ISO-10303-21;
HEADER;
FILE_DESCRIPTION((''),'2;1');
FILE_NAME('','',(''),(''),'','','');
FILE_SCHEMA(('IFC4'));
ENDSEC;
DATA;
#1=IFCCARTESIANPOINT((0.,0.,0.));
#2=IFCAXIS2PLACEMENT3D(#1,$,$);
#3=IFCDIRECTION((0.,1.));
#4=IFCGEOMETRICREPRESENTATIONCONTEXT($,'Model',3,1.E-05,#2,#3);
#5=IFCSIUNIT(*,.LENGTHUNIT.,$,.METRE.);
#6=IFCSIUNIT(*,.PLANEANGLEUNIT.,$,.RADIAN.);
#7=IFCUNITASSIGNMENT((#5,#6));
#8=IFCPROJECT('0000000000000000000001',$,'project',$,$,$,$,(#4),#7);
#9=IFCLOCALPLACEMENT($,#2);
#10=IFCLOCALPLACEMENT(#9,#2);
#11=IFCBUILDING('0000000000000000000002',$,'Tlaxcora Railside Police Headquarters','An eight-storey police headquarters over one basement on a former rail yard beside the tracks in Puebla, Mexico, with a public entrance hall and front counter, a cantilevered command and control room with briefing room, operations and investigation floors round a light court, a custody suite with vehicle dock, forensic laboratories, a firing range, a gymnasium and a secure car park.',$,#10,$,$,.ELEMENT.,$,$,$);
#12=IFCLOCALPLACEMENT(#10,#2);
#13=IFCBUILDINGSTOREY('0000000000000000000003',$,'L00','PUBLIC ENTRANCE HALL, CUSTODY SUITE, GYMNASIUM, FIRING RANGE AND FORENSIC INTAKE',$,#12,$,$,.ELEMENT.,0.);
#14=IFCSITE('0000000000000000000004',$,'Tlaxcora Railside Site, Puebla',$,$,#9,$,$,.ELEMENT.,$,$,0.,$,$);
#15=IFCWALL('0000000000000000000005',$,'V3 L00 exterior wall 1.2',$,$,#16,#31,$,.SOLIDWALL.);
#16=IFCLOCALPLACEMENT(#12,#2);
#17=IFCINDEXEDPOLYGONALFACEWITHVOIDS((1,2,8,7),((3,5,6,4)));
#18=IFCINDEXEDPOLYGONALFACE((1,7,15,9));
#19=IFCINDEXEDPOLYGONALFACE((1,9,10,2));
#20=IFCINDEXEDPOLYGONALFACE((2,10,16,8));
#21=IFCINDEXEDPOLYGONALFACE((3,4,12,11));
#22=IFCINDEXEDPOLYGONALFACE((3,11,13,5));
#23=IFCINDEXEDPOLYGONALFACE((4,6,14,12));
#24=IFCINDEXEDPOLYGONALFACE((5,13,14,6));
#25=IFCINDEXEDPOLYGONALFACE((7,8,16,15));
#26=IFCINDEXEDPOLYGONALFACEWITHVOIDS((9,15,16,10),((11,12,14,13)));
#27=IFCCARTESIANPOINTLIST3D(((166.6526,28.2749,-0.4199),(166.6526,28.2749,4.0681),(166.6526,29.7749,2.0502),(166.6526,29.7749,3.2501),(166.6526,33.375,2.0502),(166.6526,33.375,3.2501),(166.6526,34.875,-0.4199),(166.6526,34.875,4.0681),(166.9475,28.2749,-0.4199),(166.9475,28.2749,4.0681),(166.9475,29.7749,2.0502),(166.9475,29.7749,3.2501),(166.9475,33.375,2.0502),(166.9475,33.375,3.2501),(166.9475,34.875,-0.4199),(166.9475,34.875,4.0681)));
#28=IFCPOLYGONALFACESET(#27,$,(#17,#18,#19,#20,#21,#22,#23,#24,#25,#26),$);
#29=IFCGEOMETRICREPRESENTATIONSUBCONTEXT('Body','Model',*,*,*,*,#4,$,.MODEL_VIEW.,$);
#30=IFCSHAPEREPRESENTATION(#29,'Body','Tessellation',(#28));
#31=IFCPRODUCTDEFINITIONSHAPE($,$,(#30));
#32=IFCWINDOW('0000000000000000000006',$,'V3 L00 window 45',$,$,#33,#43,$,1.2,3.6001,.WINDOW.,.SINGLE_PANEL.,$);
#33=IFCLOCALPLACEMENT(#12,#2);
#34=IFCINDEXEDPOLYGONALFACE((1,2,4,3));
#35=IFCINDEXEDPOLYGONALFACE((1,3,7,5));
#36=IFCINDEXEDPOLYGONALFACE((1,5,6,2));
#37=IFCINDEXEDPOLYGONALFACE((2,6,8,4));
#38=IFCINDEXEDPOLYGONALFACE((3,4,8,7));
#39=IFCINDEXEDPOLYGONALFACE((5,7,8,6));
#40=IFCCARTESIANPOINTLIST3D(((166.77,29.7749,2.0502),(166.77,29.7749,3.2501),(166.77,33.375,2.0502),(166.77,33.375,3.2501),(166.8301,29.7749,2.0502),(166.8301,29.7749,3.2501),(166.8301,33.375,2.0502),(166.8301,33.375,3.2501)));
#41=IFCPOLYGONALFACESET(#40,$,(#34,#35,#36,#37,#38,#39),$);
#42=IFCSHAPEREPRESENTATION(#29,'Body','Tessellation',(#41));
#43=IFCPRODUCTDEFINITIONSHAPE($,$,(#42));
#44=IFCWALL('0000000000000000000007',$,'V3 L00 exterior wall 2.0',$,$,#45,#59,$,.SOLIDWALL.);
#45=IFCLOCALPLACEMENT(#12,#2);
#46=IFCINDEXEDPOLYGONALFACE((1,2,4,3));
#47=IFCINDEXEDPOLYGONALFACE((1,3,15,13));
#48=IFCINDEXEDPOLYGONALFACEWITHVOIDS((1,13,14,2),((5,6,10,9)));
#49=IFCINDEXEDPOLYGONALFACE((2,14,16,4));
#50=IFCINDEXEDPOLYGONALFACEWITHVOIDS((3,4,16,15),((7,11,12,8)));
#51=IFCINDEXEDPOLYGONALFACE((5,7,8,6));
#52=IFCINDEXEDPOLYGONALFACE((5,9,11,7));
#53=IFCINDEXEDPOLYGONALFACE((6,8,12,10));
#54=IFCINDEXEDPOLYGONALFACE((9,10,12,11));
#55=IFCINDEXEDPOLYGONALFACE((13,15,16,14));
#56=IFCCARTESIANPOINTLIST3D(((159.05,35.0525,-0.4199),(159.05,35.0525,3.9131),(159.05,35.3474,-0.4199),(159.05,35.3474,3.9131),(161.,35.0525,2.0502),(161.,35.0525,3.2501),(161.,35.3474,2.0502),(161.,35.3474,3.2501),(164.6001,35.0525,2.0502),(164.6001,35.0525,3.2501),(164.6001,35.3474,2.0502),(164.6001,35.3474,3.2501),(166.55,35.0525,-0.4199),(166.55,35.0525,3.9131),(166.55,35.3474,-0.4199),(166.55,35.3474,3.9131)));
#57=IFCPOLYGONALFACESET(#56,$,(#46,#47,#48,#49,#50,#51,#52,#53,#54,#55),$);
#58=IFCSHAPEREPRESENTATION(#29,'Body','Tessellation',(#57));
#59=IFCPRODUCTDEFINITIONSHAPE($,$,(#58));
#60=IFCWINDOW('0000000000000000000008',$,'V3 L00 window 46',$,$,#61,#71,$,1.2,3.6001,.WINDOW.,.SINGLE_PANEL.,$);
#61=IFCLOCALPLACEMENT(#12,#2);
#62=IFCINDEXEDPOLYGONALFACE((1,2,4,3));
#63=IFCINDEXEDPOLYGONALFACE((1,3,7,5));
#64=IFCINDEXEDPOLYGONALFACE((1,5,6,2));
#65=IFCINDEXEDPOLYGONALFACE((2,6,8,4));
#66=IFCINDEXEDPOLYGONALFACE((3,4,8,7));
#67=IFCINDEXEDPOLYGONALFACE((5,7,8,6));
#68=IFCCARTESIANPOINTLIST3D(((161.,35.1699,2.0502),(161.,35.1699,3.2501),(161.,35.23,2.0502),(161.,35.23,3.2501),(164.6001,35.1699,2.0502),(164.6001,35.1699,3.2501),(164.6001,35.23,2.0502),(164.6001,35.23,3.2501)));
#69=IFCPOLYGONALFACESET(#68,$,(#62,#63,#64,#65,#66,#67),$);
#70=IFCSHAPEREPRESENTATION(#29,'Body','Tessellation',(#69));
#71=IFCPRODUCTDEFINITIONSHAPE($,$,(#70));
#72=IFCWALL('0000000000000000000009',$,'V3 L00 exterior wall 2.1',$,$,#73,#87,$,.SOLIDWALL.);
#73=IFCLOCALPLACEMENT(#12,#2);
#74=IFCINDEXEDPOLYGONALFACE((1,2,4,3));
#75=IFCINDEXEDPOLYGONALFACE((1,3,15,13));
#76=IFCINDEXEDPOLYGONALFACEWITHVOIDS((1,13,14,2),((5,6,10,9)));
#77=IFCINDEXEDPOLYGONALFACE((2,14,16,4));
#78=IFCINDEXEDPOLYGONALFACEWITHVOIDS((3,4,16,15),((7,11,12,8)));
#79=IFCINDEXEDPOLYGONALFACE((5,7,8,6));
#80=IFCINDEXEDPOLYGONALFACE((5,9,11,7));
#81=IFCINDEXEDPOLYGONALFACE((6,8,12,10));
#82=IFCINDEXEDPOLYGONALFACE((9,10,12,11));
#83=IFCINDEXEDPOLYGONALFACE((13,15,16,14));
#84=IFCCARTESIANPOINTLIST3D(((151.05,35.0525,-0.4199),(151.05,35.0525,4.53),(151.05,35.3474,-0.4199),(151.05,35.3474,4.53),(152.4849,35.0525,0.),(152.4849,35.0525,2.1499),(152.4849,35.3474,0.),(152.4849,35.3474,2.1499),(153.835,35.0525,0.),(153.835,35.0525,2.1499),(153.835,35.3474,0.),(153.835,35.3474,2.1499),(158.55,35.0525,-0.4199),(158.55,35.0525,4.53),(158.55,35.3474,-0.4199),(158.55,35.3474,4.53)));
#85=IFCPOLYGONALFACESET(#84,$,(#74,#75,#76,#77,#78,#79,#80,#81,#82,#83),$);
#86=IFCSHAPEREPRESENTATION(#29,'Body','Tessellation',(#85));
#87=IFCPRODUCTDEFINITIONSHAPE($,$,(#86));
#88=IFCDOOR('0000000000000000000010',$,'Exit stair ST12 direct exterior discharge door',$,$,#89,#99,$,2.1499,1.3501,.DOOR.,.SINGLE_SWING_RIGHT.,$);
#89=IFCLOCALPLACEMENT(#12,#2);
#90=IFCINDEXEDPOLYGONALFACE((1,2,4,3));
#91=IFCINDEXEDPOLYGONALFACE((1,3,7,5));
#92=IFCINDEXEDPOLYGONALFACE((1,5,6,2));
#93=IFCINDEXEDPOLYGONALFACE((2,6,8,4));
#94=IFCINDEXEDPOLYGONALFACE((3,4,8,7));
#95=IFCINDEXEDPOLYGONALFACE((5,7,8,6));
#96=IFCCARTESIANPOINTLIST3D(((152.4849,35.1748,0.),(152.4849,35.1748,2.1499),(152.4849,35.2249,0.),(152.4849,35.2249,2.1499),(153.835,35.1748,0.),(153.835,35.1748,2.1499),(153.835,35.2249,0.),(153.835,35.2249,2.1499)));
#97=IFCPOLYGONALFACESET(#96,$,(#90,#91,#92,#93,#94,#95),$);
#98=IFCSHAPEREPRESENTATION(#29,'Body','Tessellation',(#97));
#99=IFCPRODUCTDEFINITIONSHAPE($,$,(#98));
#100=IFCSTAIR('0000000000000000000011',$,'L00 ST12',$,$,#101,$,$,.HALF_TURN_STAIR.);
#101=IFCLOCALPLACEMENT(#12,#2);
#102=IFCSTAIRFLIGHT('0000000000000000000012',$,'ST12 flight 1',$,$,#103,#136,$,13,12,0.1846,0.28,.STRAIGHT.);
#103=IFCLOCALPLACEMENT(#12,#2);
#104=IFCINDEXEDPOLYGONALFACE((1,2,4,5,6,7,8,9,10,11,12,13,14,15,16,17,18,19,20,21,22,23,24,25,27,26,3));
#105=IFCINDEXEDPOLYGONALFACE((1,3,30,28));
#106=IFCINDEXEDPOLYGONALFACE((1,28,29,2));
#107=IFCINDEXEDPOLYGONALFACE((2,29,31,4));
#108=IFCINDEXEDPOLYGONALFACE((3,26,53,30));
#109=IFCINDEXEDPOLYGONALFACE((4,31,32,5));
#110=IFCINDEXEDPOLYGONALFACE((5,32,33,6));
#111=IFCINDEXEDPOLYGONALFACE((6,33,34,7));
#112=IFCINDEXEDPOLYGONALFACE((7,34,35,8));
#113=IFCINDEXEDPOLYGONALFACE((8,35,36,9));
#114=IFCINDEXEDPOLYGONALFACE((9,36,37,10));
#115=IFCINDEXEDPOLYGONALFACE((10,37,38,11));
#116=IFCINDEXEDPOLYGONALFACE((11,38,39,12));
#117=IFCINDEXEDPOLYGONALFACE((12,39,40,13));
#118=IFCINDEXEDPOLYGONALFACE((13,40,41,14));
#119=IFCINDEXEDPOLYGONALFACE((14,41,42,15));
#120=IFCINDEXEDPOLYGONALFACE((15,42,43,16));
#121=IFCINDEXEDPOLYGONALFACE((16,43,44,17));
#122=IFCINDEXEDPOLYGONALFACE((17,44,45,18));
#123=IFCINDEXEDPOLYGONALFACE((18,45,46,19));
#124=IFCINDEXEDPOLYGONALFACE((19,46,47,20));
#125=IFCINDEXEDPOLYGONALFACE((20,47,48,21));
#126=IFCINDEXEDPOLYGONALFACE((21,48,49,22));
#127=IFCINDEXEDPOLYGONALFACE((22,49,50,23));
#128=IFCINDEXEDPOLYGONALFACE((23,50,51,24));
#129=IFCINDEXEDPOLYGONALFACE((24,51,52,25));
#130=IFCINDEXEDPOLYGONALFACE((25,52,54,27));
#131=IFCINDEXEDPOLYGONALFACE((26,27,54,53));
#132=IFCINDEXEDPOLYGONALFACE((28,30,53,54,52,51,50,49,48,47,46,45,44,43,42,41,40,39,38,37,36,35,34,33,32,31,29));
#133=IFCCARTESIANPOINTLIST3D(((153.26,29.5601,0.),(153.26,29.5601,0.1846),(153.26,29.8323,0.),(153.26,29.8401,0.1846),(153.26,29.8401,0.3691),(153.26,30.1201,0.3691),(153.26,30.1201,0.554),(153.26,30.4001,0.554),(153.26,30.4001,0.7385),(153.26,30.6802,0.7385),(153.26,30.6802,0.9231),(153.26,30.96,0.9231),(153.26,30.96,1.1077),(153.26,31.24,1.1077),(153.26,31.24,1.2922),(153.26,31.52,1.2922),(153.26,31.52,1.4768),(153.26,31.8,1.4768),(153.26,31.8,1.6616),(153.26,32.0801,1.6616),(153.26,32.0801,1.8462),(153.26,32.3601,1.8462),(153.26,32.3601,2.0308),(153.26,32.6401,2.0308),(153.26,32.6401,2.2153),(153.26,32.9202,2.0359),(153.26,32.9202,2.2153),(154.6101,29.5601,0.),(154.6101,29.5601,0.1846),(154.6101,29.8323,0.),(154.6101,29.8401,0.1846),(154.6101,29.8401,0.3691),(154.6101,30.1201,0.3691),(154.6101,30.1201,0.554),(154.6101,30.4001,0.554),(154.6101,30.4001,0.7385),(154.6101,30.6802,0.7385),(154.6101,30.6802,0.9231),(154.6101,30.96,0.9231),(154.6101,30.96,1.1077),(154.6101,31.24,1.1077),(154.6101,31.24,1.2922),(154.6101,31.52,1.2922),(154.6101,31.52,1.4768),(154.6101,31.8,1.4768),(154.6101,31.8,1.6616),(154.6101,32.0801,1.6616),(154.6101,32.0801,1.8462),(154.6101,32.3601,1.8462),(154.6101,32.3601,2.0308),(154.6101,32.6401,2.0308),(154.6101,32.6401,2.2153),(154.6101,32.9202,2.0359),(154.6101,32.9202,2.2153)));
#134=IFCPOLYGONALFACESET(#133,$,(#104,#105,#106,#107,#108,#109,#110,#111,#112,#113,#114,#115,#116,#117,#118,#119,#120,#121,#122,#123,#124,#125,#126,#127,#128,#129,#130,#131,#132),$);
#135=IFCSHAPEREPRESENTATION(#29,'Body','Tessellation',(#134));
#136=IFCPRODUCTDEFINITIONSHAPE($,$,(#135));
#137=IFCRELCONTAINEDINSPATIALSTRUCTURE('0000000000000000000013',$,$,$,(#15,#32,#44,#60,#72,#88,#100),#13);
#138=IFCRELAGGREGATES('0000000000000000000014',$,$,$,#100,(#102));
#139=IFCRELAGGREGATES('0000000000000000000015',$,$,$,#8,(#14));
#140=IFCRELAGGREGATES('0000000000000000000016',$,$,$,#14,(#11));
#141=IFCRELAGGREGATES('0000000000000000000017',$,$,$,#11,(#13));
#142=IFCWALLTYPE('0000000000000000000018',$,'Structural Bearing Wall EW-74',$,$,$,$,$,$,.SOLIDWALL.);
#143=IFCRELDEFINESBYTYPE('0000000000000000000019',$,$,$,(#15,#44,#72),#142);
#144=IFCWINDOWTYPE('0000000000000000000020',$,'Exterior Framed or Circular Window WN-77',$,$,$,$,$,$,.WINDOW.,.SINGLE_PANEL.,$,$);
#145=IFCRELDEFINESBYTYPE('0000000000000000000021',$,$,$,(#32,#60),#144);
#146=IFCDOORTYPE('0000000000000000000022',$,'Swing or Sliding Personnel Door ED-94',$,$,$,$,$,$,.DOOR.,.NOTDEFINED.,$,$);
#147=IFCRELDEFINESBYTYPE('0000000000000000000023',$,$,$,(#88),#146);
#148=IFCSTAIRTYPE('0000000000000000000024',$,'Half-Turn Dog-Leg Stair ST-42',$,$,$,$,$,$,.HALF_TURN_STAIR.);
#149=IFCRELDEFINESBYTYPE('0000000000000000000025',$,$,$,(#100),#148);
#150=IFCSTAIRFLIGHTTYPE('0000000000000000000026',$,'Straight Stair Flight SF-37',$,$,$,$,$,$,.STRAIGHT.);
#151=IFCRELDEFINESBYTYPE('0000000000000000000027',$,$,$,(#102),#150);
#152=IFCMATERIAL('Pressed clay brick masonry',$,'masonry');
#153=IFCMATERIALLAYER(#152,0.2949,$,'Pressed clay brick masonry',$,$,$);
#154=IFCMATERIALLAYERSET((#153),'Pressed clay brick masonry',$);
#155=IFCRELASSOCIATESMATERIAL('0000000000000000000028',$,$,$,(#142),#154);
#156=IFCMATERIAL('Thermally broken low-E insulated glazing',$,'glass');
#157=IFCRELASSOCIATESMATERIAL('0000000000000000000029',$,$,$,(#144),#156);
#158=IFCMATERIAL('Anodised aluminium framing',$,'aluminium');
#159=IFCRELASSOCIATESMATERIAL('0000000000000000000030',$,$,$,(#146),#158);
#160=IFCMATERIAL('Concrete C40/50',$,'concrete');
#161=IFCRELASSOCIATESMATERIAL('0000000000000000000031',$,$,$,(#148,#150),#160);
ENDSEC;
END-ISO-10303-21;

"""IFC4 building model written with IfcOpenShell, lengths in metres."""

from ifc_helpers import new_model, si_unit, direction, frame, frame_2d, origin, place, context, subcontext, project, spatial, polyline, rectangle, outline, extrude, material, layer, layer_set, type_object, element, fill, aggregate, save


model = new_model("IFC4")

# Units and contexts
model_context = context("Model", 3, precision=1e-05, world=origin(), true_north=direction((0.0, 1.0)))
body_context = subcontext(model_context, "Body", "Model", "MODEL_VIEW")
ifc_project = project(units=[si_unit("LENGTHUNIT", "METRE"), si_unit("PLANEANGLEUNIT", "RADIAN")], contexts=[model_context])

# Site, building, storey
site_placement = place(None, origin())
site = spatial("IfcSite", under=ifc_project, at=site_placement, Name="Tlaxcora Railside Site, Puebla", CompositionType="ELEMENT", RefElevation=0.0)
building_placement = place(site_placement, origin())
building = spatial("IfcBuilding", under=site, at=building_placement, Name="Tlaxcora Railside Police Headquarters", Description="An eight-storey police headquarters over one basement on a former rail yard beside the tracks in Puebla, Mexico, with a public entrance hall and front counter, a cantilevered command and control room with briefing room, operations and investigation floors round a light court, a custody suite with vehicle dock, forensic laboratories, a firing range, a gymnasium and a secure car park.", CompositionType="ELEMENT")
storey_placement = place(building_placement, origin())
storey = spatial("IfcBuildingStorey", under=building, at=storey_placement, Name="L00", Description="PUBLIC ENTRANCE HALL, CUSTODY SUITE, GYMNASIUM, FIRING RANGE AND FORENSIC INTAKE", CompositionType="ELEMENT", Elevation=0.0)

# Shared definitions
ifc_material_1 = material(Name="Concrete C40/50", Category="concrete")

# Walls, openings, windows
ifc_material_2 = material(Name="Pressed clay brick masonry", Category="masonry")
ifc_layer_1 = layer(ifc_material_2, 0.2949, Name="Pressed clay brick masonry")
ifc_layer_set_1 = layer_set([ifc_layer_1], Name="Pressed clay brick masonry")
wall_type = type_object("IfcWallType", Name="Structural Bearing Wall EW-74", PredefinedType="SOLIDWALL", material=ifc_layer_set_1)
wall_1_placement = place(storey_placement, frame((166.8, 28.2749, -0.4199), z_axis=(0.0, 0.0, 1.0), x_axis=(0.0, 1.0, 0.0)))
wall_1 = element("IfcWall", 1, at=wall_1_placement, inside=storey, type_object=wall_type, Name="V3 L00 exterior wall 1.2", PredefinedType="SOLIDWALL", context=body_context, shape_type="SweptSolid", body=[
    extrude(rectangle(XDim=6.6001, YDim=0.2949, at=frame_2d((3.3, 0.0))), origin(), (0.0, 0.0, 1.0), 4.488),
])
opening_1_placement = place(wall_1_placement, frame((1.5, 0.0, 2.47)))
opening_1 = element("IfcOpeningElement", 2, at=opening_1_placement, cuts=wall_1, PredefinedType="OPENING", context=body_context, shape_type="SweptSolid", body=[
    extrude(rectangle(XDim=3.6001, YDim=1.2, at=frame_2d((1.8, 0.6001))), frame((0.0, 0.1575, 0.0), z_axis=(0.0, -1.0, 0.0), x_axis=(1.0, 0.0, 0.0)), (0.0, 0.0, 1.0), 0.3149),
])
ifc_material_3 = material(Name="Thermally broken low-E insulated glazing", Category="glass")
window_type = type_object("IfcWindowType", Name="Exterior Framed or Circular Window WN-77", PartitioningType="SINGLE_PANEL", PredefinedType="WINDOW", material=ifc_material_3)
window_1_placement = place(opening_1_placement, origin())
window_1 = element("IfcWindow", 3, at=window_1_placement, inside=storey, type_object=window_type, Name="V3 L00 window 45", OverallHeight=1.2, OverallWidth=3.6001, PartitioningType="SINGLE_PANEL", PredefinedType="WINDOW", context=body_context, shape_type="SweptSolid", body=[
    extrude(rectangle(XDim=3.6001, YDim=1.2, at=frame_2d((1.8, 0.6001))), frame((0.0, 0.03, 0.0), z_axis=(0.0, -1.0, 0.0), x_axis=(1.0, 0.0, 0.0)), (0.0, 0.0, 1.0), 0.0601),
])
fill(opening_1, window_1)
wall_2_placement = place(storey_placement, frame((166.55, 35.2, -0.4199), z_axis=(0.0, 0.0, 1.0), x_axis=(-1.0, 0.0, 0.0)))
wall_2 = element("IfcWall", 4, at=wall_2_placement, inside=storey, type_object=wall_type, Name="V3 L00 exterior wall 2.0", PredefinedType="SOLIDWALL", context=body_context, shape_type="SweptSolid", body=[
    extrude(rectangle(XDim=7.5, YDim=0.2949, at=frame_2d((3.75, 0.0))), origin(), (0.0, 0.0, 1.0), 4.333),
])
opening_2_placement = place(wall_2_placement, frame((1.95, 0.0, 2.47)))
opening_2 = element("IfcOpeningElement", 5, at=opening_2_placement, cuts=wall_2, PredefinedType="OPENING", context=body_context, shape_type="SweptSolid", body=[
    extrude(rectangle(XDim=3.6001, YDim=1.2, at=frame_2d((1.8, 0.6001))), frame((0.0, 0.1575, 0.0), z_axis=(0.0, -1.0, 0.0), x_axis=(1.0, 0.0, 0.0)), (0.0, 0.0, 1.0), 0.3149),
])
window_2_placement = place(opening_2_placement, origin())
window_2 = element("IfcWindow", 6, at=window_2_placement, inside=storey, type_object=window_type, Name="V3 L00 window 46", OverallHeight=1.2, OverallWidth=3.6001, PartitioningType="SINGLE_PANEL", PredefinedType="WINDOW", context=body_context, shape_type="SweptSolid", body=[
    extrude(rectangle(XDim=3.6001, YDim=1.2, at=frame_2d((1.8, 0.6001))), frame((0.0, 0.03, 0.0), z_axis=(0.0, -1.0, 0.0), x_axis=(1.0, 0.0, 0.0)), (0.0, 0.0, 1.0), 0.0601),
])
fill(opening_2, window_2)

# Wall, opening, door
wall_3_placement = place(storey_placement, frame((158.55, 35.2, -0.4199), z_axis=(0.0, 0.0, 1.0), x_axis=(-1.0, 0.0, 0.0)))
wall_3 = element("IfcWall", 7, at=wall_3_placement, inside=storey, type_object=wall_type, Name="V3 L00 exterior wall 2.1", PredefinedType="SOLIDWALL", context=body_context, shape_type="SweptSolid", body=[
    extrude(rectangle(XDim=7.5, YDim=0.2949, at=frame_2d((3.75, 0.0))), origin(), (0.0, 0.0, 1.0), 4.95),
])
opening_3_placement = place(wall_3_placement, frame((4.7151, 0.0, 0.4199)))
opening_3 = element("IfcOpeningElement", 8, at=opening_3_placement, cuts=wall_3, PredefinedType="OPENING", context=body_context, shape_type="SweptSolid", body=[
    extrude(rectangle(XDim=1.3501, YDim=2.1499, at=frame_2d((0.675, 1.075))), frame((0.0, 0.1575, 0.0), z_axis=(0.0, -1.0, 0.0), x_axis=(1.0, 0.0, 0.0)), (0.0, 0.0, 1.0), 0.3149),
])
ifc_material_4 = material(Name="Anodised aluminium framing", Category="aluminium")
door_type = type_object("IfcDoorType", Name="Swing or Sliding Personnel Door ED-94", OperationType="NOTDEFINED", PredefinedType="DOOR", material=ifc_material_4)
door_placement = place(opening_3_placement, frame((1.3501, 0.0, 0.0), z_axis=(0.0, 0.0, 1.0), x_axis=(-1.0, 0.0, 0.0)))
door = element("IfcDoor", 9, at=door_placement, inside=storey, type_object=door_type, Name="Exit stair ST12 direct exterior discharge door", OperationType="SINGLE_SWING_RIGHT", OverallHeight=2.1499, OverallWidth=1.3501, PredefinedType="DOOR", context=body_context, shape_type="SweptSolid", body=[
    extrude(rectangle(XDim=1.3501, YDim=2.1499, at=frame_2d((0.675, 1.075))), frame((0.0, 0.0249, 0.0), z_axis=(0.0, -1.0, 0.0), x_axis=(1.0, 0.0, 0.0)), (0.0, 0.0, 1.0), 0.05),
])
fill(opening_3, door)

# Stair, stair flight
stair_type = type_object("IfcStairType", Name="Half-Turn Dog-Leg Stair ST-42", PredefinedType="HALF_TURN_STAIR", material=ifc_material_1)
stair_placement = place(storey_placement, origin())
stair = element("IfcStair", 10, at=stair_placement, inside=storey, type_object=stair_type, Name="L00 ST12", PredefinedType="HALF_TURN_STAIR")
stair_flight_type = type_object("IfcStairFlightType", Name="Straight Stair Flight SF-37", PredefinedType="STRAIGHT", material=ifc_material_1)
stair_flight_placement = place(storey_placement, frame((153.9351, 29.5601, 0.0), z_axis=(0.0, 0.0, 1.0), x_axis=(0.0, 1.0, 0.0)))
stair_flight = element("IfcStairFlight", 11, at=stair_flight_placement, type_object=stair_flight_type, Name="ST12 flight 1", NumberOfRisers=13, NumberOfTreads=12, PredefinedType="STRAIGHT", RiserHeight=0.1846, TreadLength=0.28, context=body_context, shape_type="SweptSolid", body=[
    extrude(outline(polyline([(0.0, 0.0), (0.0, 0.1846), (0.28, 0.1846), (0.28, 0.3691), (0.5601, 0.3691), (0.5601, 0.554), (0.8401, 0.554), (0.8401, 0.7385), (1.1201, 0.7385), (1.1201, 0.9231), (1.3999, 0.9231), (1.3999, 1.1077), (1.6799, 1.1077), (1.6799, 1.2922), (1.96, 1.2922), (1.96, 1.4768), (2.24, 1.4768), (2.24, 1.6616), (2.52, 1.6616), (2.52, 1.8462), (2.8, 1.8462), (2.8, 2.0308), (3.0801, 2.0308), (3.0801, 2.2153), (3.3601, 2.2153), (3.3601, 2.3999), (3.3601, 2.0359), (0.2722, 0.0), (0.0, 0.0)])), frame((0.0, 0.675, 0.0), z_axis=(0.0, -1.0, 0.0), x_axis=(1.0, 0.0, 0.0)), (0.0, 0.0, 1.0), 1.3501),
])
aggregate(stair, [stair_flight])

save(model, "model.ifc")
